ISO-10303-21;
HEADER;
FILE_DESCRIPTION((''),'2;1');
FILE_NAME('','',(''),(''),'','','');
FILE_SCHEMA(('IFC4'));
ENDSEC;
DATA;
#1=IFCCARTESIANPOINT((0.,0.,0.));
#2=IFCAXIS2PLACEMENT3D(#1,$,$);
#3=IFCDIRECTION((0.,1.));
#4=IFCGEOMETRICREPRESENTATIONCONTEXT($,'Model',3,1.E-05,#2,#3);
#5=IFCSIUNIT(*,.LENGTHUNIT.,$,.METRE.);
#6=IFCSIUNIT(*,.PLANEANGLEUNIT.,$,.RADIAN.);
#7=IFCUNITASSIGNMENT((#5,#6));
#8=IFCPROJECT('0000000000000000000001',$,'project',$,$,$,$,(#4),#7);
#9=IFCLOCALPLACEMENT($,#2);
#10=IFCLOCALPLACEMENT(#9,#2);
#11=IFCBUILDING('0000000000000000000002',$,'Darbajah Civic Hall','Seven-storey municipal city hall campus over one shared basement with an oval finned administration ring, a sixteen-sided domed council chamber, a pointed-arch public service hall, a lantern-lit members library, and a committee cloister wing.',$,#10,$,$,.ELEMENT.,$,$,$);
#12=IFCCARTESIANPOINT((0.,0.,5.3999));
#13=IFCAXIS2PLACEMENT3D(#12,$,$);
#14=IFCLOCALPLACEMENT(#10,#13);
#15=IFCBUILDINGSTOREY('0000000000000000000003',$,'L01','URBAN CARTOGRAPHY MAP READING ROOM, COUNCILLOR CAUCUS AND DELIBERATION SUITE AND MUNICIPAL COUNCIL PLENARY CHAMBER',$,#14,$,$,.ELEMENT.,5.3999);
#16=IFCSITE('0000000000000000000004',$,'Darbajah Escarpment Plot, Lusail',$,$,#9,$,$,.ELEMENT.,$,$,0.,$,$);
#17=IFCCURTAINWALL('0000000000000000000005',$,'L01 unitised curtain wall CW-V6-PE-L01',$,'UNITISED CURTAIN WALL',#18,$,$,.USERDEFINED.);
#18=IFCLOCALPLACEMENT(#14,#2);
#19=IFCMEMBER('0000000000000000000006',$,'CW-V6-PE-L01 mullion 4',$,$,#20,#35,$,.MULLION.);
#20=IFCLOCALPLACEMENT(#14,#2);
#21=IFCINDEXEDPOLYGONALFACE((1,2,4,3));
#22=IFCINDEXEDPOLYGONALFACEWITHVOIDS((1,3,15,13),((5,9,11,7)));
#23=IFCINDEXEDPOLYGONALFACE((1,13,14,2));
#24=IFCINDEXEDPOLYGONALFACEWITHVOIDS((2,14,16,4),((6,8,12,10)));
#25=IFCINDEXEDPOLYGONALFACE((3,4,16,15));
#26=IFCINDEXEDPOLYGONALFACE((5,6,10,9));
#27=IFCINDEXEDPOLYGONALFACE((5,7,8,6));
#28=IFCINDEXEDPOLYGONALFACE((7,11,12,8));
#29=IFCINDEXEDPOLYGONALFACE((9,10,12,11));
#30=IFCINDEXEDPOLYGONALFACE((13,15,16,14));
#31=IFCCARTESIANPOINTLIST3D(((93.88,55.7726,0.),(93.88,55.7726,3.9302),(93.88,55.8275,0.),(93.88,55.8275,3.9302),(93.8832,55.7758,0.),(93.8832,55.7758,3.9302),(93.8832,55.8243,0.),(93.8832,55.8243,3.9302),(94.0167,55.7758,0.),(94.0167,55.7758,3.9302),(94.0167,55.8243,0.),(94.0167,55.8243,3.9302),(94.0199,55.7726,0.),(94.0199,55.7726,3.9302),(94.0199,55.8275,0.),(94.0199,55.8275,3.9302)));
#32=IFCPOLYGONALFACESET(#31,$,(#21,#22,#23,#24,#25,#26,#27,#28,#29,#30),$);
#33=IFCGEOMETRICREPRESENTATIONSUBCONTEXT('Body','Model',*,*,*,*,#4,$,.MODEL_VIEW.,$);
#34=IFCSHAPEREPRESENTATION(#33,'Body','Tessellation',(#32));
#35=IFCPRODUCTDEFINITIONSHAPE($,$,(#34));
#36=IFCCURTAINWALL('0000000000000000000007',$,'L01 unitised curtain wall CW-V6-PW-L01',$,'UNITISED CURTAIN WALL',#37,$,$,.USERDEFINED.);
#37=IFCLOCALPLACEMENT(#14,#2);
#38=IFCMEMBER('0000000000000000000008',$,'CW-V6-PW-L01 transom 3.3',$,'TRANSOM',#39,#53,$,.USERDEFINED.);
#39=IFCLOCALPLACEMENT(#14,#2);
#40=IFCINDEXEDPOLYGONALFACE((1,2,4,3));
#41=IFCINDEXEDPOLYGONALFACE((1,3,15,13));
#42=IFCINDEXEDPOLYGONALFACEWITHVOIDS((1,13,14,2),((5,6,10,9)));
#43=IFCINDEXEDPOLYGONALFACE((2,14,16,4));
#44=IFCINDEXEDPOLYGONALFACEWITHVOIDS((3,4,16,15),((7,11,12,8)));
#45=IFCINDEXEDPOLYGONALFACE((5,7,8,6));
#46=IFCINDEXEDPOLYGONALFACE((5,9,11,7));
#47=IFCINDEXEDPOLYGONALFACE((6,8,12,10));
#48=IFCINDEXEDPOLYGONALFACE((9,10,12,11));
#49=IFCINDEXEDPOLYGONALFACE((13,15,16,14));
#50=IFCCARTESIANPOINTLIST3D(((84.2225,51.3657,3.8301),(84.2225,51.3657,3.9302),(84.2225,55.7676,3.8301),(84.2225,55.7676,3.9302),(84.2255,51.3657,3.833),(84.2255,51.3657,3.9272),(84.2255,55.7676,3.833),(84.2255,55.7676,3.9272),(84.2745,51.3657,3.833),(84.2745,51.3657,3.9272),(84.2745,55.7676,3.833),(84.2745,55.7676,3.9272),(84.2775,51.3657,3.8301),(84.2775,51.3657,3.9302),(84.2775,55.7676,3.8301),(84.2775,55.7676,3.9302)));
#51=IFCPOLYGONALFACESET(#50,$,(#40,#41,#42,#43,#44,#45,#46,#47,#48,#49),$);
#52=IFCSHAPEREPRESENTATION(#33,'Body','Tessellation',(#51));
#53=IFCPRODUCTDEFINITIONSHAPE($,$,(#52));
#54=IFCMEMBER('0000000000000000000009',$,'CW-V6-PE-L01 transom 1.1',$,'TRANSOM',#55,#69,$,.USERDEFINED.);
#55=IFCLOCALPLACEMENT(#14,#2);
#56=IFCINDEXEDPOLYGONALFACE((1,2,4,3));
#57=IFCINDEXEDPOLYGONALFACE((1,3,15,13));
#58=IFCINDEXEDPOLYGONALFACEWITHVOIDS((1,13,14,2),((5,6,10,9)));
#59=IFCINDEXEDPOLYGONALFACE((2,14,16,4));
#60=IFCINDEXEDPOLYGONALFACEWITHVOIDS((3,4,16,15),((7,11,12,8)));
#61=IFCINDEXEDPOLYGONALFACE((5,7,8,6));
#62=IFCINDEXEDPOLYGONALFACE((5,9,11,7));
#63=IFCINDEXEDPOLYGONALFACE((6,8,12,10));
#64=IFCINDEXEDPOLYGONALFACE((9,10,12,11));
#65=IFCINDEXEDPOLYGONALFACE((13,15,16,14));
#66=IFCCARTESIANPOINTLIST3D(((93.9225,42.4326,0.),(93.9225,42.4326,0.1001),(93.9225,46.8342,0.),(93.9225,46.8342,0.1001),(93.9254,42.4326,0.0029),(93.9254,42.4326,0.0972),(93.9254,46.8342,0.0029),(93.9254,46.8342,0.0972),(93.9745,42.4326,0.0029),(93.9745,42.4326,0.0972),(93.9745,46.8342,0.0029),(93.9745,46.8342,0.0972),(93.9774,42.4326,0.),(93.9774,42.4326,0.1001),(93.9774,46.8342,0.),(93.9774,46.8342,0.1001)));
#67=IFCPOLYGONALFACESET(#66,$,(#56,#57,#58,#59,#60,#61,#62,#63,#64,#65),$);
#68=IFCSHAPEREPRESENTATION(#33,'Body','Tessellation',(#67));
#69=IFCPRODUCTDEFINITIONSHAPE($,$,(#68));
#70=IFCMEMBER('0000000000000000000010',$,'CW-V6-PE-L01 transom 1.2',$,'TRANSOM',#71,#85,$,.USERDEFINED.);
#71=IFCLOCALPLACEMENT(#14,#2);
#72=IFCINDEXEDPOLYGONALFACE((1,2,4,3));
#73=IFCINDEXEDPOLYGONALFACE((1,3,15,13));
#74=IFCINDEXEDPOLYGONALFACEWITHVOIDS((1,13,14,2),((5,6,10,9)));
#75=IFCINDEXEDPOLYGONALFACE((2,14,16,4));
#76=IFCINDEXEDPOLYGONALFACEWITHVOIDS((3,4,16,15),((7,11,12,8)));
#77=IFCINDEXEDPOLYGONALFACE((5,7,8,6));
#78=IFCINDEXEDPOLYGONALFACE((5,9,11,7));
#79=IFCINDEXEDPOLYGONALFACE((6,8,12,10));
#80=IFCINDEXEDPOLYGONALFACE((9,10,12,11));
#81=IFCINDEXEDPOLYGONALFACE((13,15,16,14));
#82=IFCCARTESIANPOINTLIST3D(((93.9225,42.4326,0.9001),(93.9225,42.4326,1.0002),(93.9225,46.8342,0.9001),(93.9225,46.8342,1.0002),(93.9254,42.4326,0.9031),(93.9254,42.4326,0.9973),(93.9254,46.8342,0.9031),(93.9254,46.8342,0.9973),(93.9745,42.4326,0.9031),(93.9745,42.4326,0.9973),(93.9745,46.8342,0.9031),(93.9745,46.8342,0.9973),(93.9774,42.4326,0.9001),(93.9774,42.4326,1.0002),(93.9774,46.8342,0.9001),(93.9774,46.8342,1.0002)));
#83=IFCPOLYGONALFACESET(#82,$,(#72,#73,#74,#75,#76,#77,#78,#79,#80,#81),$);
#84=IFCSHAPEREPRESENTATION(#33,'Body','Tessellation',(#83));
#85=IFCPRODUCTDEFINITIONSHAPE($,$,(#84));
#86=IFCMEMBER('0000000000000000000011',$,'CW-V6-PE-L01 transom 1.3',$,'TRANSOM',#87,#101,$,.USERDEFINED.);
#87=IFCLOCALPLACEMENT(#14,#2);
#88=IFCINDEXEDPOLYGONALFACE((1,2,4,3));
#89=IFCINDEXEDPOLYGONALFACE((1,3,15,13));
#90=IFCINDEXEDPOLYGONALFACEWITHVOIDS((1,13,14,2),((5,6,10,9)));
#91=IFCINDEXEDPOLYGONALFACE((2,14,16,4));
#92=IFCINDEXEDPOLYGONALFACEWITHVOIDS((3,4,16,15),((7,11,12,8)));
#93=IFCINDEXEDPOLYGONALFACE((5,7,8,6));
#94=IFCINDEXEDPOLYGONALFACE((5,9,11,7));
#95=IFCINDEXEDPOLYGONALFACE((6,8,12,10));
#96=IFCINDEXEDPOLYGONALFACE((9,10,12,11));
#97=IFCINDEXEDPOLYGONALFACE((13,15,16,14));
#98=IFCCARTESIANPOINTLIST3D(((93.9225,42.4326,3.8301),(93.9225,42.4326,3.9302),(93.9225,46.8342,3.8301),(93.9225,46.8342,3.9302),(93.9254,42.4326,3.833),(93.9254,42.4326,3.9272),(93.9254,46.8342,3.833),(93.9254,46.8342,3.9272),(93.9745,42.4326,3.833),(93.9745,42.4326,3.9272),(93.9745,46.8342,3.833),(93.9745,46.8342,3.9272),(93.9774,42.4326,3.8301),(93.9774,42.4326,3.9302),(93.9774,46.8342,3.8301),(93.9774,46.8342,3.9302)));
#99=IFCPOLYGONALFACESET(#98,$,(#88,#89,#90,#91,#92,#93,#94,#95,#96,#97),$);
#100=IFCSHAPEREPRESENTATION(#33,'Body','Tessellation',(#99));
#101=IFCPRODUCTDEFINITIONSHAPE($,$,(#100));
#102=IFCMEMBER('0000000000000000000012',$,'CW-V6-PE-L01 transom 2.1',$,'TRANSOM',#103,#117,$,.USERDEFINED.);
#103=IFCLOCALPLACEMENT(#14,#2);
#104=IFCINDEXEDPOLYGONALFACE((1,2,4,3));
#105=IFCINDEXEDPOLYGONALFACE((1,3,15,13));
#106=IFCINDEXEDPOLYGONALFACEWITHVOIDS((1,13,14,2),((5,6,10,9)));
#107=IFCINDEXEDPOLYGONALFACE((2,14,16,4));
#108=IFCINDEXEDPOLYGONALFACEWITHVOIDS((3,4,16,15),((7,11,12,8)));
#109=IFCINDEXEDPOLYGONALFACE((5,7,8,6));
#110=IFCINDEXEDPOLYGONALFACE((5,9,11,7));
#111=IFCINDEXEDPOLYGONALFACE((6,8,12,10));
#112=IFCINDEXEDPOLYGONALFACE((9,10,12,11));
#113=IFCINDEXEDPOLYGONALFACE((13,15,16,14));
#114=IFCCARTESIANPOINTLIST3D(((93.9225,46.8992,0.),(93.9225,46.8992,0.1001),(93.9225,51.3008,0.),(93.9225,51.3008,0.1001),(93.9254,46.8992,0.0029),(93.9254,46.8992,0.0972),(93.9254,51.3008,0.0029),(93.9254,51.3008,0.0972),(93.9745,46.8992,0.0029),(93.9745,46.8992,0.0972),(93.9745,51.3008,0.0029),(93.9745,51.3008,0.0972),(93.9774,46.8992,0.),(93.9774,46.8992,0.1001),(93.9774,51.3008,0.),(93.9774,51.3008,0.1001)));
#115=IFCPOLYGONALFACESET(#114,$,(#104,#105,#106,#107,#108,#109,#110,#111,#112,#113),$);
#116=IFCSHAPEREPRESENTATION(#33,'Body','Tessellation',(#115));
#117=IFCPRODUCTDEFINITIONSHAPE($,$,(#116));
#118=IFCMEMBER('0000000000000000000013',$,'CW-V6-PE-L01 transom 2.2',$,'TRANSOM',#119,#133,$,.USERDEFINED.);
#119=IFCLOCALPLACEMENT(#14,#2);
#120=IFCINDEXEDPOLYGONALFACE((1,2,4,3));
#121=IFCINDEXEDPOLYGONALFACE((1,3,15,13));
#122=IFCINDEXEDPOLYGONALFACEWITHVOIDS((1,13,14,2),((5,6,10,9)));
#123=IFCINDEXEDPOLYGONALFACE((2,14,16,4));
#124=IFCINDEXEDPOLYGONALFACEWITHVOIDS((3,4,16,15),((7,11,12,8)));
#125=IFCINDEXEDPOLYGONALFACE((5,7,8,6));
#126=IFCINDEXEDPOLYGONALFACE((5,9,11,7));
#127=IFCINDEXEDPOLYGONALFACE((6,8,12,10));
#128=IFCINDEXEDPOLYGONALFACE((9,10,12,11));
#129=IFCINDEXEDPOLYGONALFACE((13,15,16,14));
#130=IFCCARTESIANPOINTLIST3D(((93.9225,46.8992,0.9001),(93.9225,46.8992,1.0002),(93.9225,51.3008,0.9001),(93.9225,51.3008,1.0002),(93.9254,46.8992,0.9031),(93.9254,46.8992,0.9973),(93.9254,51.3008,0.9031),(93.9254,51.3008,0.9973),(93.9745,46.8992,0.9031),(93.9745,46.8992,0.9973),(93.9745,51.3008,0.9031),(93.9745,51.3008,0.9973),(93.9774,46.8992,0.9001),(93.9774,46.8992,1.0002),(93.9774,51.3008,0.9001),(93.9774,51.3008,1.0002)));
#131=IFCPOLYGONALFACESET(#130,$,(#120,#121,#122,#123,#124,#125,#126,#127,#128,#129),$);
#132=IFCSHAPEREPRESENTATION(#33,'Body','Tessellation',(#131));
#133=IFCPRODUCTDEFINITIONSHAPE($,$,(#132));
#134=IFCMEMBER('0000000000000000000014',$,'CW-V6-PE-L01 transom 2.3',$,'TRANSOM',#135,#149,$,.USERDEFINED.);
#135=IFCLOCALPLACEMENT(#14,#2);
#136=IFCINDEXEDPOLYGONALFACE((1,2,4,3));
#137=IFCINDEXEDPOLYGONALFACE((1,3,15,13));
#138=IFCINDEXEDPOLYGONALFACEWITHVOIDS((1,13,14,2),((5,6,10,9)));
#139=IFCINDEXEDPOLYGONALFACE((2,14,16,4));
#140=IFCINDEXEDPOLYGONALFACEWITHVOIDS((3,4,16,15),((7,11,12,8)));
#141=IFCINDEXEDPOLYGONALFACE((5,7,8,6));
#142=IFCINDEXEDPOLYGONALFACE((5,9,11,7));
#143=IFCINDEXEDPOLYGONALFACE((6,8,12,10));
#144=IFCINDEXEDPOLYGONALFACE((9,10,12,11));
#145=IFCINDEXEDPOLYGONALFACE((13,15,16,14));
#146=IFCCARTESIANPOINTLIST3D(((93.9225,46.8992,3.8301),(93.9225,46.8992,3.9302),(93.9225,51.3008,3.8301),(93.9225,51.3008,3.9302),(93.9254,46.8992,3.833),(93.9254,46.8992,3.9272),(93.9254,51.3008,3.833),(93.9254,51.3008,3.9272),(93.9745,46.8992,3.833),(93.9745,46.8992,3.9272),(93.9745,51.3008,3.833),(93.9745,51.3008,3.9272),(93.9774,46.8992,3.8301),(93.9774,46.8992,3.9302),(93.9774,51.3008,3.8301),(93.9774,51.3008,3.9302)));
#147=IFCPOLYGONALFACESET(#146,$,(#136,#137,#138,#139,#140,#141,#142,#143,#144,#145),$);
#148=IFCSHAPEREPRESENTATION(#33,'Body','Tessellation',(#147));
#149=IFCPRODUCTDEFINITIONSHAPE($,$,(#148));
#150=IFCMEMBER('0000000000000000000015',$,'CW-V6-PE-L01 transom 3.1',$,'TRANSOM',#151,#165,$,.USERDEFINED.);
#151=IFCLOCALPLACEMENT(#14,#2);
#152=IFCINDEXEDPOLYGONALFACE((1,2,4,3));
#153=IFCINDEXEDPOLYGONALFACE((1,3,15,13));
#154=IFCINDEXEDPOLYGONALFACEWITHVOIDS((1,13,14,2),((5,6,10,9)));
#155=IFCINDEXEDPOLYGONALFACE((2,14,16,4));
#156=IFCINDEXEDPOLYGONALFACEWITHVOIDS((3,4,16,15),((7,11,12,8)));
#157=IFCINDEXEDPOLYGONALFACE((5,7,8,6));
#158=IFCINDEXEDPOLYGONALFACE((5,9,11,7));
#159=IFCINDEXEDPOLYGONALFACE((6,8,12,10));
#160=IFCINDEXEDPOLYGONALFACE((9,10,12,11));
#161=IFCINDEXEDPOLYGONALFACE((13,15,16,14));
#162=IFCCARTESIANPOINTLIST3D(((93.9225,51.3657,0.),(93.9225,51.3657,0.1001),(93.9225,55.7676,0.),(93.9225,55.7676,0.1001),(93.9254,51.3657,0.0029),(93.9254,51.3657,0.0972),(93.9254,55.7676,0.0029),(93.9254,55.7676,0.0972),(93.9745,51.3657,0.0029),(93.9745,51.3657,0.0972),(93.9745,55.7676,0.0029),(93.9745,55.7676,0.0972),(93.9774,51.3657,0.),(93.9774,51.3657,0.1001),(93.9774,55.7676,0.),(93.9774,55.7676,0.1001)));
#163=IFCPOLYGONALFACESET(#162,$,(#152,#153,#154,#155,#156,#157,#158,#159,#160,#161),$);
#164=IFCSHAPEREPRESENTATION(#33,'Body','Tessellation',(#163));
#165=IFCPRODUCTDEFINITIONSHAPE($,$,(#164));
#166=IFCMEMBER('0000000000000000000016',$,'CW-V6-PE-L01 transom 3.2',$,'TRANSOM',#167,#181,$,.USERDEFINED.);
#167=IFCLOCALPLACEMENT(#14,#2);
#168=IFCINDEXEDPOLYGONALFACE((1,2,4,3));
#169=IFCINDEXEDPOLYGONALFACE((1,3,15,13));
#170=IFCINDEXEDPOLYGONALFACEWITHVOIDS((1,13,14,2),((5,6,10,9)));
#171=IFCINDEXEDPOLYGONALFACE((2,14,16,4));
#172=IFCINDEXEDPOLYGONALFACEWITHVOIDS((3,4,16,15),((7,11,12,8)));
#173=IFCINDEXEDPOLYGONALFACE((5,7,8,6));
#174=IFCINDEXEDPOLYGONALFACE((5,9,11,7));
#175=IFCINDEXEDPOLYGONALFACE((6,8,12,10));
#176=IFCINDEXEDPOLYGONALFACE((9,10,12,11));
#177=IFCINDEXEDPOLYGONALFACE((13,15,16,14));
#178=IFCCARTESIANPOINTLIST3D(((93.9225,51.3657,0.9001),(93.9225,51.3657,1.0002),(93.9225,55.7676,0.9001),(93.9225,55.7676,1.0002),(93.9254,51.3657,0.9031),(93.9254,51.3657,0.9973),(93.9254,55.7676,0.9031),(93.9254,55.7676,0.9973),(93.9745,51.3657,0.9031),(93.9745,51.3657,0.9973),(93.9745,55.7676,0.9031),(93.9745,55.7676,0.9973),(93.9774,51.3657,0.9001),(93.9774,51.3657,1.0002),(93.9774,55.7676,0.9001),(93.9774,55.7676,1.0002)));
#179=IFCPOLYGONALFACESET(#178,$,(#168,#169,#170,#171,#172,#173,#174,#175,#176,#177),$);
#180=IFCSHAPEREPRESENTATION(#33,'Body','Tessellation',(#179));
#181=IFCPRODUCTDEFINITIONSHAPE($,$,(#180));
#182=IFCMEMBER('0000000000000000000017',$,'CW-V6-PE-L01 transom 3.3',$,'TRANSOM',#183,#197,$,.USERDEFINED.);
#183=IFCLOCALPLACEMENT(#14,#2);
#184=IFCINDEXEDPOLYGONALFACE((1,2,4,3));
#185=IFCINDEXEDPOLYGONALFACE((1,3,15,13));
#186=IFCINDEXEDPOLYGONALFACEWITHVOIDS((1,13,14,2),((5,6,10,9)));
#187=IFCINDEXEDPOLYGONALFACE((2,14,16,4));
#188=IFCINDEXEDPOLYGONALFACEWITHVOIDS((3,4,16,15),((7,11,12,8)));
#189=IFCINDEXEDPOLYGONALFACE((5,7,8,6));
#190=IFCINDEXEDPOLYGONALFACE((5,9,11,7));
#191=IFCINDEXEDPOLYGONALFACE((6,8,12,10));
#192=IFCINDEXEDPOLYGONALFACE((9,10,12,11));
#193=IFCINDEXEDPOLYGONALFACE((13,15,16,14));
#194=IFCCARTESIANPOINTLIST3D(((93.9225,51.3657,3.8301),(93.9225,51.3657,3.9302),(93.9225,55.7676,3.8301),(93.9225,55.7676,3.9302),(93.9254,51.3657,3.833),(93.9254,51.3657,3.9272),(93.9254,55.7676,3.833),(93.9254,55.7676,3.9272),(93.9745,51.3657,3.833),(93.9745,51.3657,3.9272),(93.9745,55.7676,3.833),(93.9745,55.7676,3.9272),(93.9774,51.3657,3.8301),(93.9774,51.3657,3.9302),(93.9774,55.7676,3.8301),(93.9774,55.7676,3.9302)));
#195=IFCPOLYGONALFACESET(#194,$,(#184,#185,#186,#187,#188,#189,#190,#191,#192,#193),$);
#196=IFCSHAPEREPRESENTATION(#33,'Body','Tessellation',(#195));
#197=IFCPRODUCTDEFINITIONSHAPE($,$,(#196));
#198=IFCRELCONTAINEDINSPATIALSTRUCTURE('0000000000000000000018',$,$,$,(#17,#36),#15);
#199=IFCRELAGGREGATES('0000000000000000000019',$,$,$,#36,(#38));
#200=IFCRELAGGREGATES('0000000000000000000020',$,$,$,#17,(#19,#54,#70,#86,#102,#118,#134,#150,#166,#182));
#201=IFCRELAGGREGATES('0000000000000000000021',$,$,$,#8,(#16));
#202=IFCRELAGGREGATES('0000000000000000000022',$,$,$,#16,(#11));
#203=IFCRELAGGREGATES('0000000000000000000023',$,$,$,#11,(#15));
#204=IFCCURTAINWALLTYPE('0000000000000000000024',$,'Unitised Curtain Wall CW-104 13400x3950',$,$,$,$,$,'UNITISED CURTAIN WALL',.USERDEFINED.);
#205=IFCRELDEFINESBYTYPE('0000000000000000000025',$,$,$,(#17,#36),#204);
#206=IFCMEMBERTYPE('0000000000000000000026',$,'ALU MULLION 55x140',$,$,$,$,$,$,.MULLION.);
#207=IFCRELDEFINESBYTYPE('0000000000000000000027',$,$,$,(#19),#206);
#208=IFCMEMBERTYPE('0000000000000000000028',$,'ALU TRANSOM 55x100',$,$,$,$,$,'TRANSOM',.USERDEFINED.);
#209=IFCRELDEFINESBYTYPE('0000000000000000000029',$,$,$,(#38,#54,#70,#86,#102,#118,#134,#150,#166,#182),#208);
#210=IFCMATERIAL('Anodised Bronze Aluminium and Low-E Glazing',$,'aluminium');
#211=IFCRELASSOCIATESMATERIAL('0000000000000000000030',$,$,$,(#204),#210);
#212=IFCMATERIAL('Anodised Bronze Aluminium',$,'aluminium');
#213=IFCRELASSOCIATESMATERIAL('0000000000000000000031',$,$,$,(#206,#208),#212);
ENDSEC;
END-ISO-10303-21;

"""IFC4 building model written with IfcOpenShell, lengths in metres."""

from ifc_helpers import new_model, si_unit, direction, frame, origin, origin_2d, place, context, subcontext, project, spatial, hollow_rectangle, extrude, material, material_profile, profile_set, type_object, element, aggregate, save


model = new_model("IFC4")

# Units and contexts
model_context = context("Model", 3, precision=1e-05, world=origin(), true_north=direction((0.0, 1.0)))
body_context = subcontext(model_context, "Body", "Model", "MODEL_VIEW")
ifc_project = project(units=[si_unit("LENGTHUNIT", "METRE"), si_unit("PLANEANGLEUNIT", "RADIAN")], contexts=[model_context])

# Site, building, storey
site_placement = place(None, origin())
site = spatial("IfcSite", under=ifc_project, at=site_placement, Name="Darbajah Escarpment Plot, Lusail", CompositionType="ELEMENT", RefElevation=0.0)
building_placement = place(site_placement, origin())
building = spatial("IfcBuilding", under=site, at=building_placement, Name="Darbajah Civic Hall", Description="Seven-storey municipal city hall campus over one shared basement with an oval finned administration ring, a sixteen-sided domed council chamber, a pointed-arch public service hall, a lantern-lit members library, and a committee cloister wing.", CompositionType="ELEMENT")
storey_placement = place(building_placement, frame((0.0, 0.0, 5.3999)))
storey = spatial("IfcBuildingStorey", under=building, at=storey_placement, Name="L01", Description="URBAN CARTOGRAPHY MAP READING ROOM, COUNCILLOR CAUCUS AND DELIBERATION SUITE AND MUNICIPAL COUNCIL PLENARY CHAMBER", CompositionType="ELEMENT", Elevation=5.3999)

# Curtain wall, member
ifc_material_1 = material(Name="Anodised Bronze Aluminium and Low-E Glazing", Category="aluminium")
curtain_wall_type = type_object("IfcCurtainWallType", Name="Unitised Curtain Wall CW-104 13400x3950", ElementType="UNITISED CURTAIN WALL", PredefinedType="USERDEFINED", material=ifc_material_1)
curtain_wall_1_placement = place(storey_placement, origin())
curtain_wall_1 = element("IfcCurtainWall", 1, at=curtain_wall_1_placement, inside=storey, type_object=curtain_wall_type, Name="L01 unitised curtain wall CW-V6-PE-L01", ObjectType="UNITISED CURTAIN WALL", PredefinedType="USERDEFINED")
ifc_material_2 = material(Name="Anodised Bronze Aluminium", Category="aluminium")
ifc_material_profile_1 = material_profile(ifc_material_2, hollow_rectangle(XDim=0.0549, YDim=0.1399, WallThickness=0.0032, at=origin_2d()), Name="ALU MULLION 55x140")
ifc_profile_set_1 = profile_set([ifc_material_profile_1], Name="Anodised Bronze Aluminium")
member_type_1 = type_object("IfcMemberType", Name="ALU MULLION 55x140", PredefinedType="MULLION", material=ifc_profile_set_1)
member_1_placement = place(storey_placement, frame((93.95, 55.8, 0.0), z_axis=(0.0, 0.0, 1.0), x_axis=(0.0, 1.0, 0.0)))
member_1 = element("IfcMember", 2, at=member_1_placement, type_object=member_type_1, Name="CW-V6-PE-L01 mullion 4", PredefinedType="MULLION", context=body_context, shape_type="SweptSolid", body=[
    extrude(hollow_rectangle(XDim=0.0549, YDim=0.1399, WallThickness=0.0032, at=origin_2d()), origin(), (0.0, 0.0, 1.0), 3.9302),
])

# Curtain wall, member
curtain_wall_2_placement = place(storey_placement, origin())
curtain_wall_2 = element("IfcCurtainWall", 3, at=curtain_wall_2_placement, inside=storey, type_object=curtain_wall_type, Name="L01 unitised curtain wall CW-V6-PW-L01", ObjectType="UNITISED CURTAIN WALL", PredefinedType="USERDEFINED")
ifc_material_profile_2 = material_profile(ifc_material_2, hollow_rectangle(XDim=0.0549, YDim=0.1001, WallThickness=0.0029, at=origin_2d()), Name="ALU TRANSOM 55x100")
ifc_profile_set_2 = profile_set([ifc_material_profile_2], Name="Anodised Bronze Aluminium")
member_type_2 = type_object("IfcMemberType", Name="ALU TRANSOM 55x100", ElementType="TRANSOM", PredefinedType="USERDEFINED", material=ifc_profile_set_2)
member_2_placement = place(storey_placement, frame((84.25, 51.3657, 3.8801), z_axis=(0.0, 1.0, 0.0), x_axis=(-1.0, 0.0, 0.0)))
member_2 = element("IfcMember", 4, at=member_2_placement, type_object=member_type_2, Name="CW-V6-PW-L01 transom 3.3", ObjectType="TRANSOM", PredefinedType="USERDEFINED", context=body_context, shape_type="SweptSolid", body=[
    extrude(hollow_rectangle(XDim=0.0549, YDim=0.1001, WallThickness=0.0029, at=origin_2d()), origin(), (0.0, 0.0, 1.0), 4.4019),
])

# Members
member_3_placement = place(storey_placement, frame((93.95, 42.4326, 0.05), z_axis=(0.0, 1.0, 0.0), x_axis=(-1.0, 0.0, 0.0)))
member_3 = element("IfcMember", 5, at=member_3_placement, type_object=member_type_2, Name="CW-V6-PE-L01 transom 1.1", ObjectType="TRANSOM", PredefinedType="USERDEFINED", context=body_context, shape_type="SweptSolid", body=[
    extrude(hollow_rectangle(XDim=0.0549, YDim=0.1001, WallThickness=0.0029, at=origin_2d()), origin(), (0.0, 0.0, 1.0), 4.4016),
])
member_4_placement = place(storey_placement, frame((93.95, 42.4326, 0.9502), z_axis=(0.0, 1.0, 0.0), x_axis=(-1.0, 0.0, 0.0)))
member_4 = element("IfcMember", 6, at=member_4_placement, type_object=member_type_2, Name="CW-V6-PE-L01 transom 1.2", ObjectType="TRANSOM", PredefinedType="USERDEFINED", context=body_context, shape_type="SweptSolid", body=[
    extrude(hollow_rectangle(XDim=0.0549, YDim=0.1001, WallThickness=0.0029, at=origin_2d()), origin(), (0.0, 0.0, 1.0), 4.4016),
])
member_5_placement = place(storey_placement, frame((93.95, 42.4326, 3.8801), z_axis=(0.0, 1.0, 0.0), x_axis=(-1.0, 0.0, 0.0)))
member_5 = element("IfcMember", 7, at=member_5_placement, type_object=member_type_2, Name="CW-V6-PE-L01 transom 1.3", ObjectType="TRANSOM", PredefinedType="USERDEFINED", context=body_context, shape_type="SweptSolid", body=[
    extrude(hollow_rectangle(XDim=0.0549, YDim=0.1001, WallThickness=0.0029, at=origin_2d()), origin(), (0.0, 0.0, 1.0), 4.4016),
])
member_6_placement = place(storey_placement, frame((93.95, 46.8992, 0.05), z_axis=(0.0, 1.0, 0.0), x_axis=(-1.0, 0.0, 0.0)))
member_6 = element("IfcMember", 8, at=member_6_placement, type_object=member_type_2, Name="CW-V6-PE-L01 transom 2.1", ObjectType="TRANSOM", PredefinedType="USERDEFINED", context=body_context, shape_type="SweptSolid", body=[
    extrude(hollow_rectangle(XDim=0.0549, YDim=0.1001, WallThickness=0.0029, at=origin_2d()), origin(), (0.0, 0.0, 1.0), 4.4016),
])
member_7_placement = place(storey_placement, frame((93.95, 46.8992, 0.9502), z_axis=(0.0, 1.0, 0.0), x_axis=(-1.0, 0.0, 0.0)))
member_7 = element("IfcMember", 9, at=member_7_placement, type_object=member_type_2, Name="CW-V6-PE-L01 transom 2.2", ObjectType="TRANSOM", PredefinedType="USERDEFINED", context=body_context, shape_type="SweptSolid", body=[
    extrude(hollow_rectangle(XDim=0.0549, YDim=0.1001, WallThickness=0.0029, at=origin_2d()), origin(), (0.0, 0.0, 1.0), 4.4016),
])
member_8_placement = place(storey_placement, frame((93.95, 46.8992, 3.8801), z_axis=(0.0, 1.0, 0.0), x_axis=(-1.0, 0.0, 0.0)))
member_8 = element("IfcMember", 10, at=member_8_placement, type_object=member_type_2, Name="CW-V6-PE-L01 transom 2.3", ObjectType="TRANSOM", PredefinedType="USERDEFINED", context=body_context, shape_type="SweptSolid", body=[
    extrude(hollow_rectangle(XDim=0.0549, YDim=0.1001, WallThickness=0.0029, at=origin_2d()), origin(), (0.0, 0.0, 1.0), 4.4016),
])
member_9_placement = place(storey_placement, frame((93.95, 51.3657, 0.05), z_axis=(0.0, 1.0, 0.0), x_axis=(-1.0, 0.0, 0.0)))
member_9 = element("IfcMember", 11, at=member_9_placement, type_object=member_type_2, Name="CW-V6-PE-L01 transom 3.1", ObjectType="TRANSOM", PredefinedType="USERDEFINED", context=body_context, shape_type="SweptSolid", body=[
    extrude(hollow_rectangle(XDim=0.0549, YDim=0.1001, WallThickness=0.0029, at=origin_2d()), origin(), (0.0, 0.0, 1.0), 4.4019),
])
member_10_placement = place(storey_placement, frame((93.95, 51.3657, 0.9502), z_axis=(0.0, 1.0, 0.0), x_axis=(-1.0, 0.0, 0.0)))
member_10 = element("IfcMember", 12, at=member_10_placement, type_object=member_type_2, Name="CW-V6-PE-L01 transom 3.2", ObjectType="TRANSOM", PredefinedType="USERDEFINED", context=body_context, shape_type="SweptSolid", body=[
    extrude(hollow_rectangle(XDim=0.0549, YDim=0.1001, WallThickness=0.0029, at=origin_2d()), origin(), (0.0, 0.0, 1.0), 4.4019),
])
member_11_placement = place(storey_placement, frame((93.95, 51.3657, 3.8801), z_axis=(0.0, 1.0, 0.0), x_axis=(-1.0, 0.0, 0.0)))
member_11 = element("IfcMember", 13, at=member_11_placement, type_object=member_type_2, Name="CW-V6-PE-L01 transom 3.3", ObjectType="TRANSOM", PredefinedType="USERDEFINED", context=body_context, shape_type="SweptSolid", body=[
    extrude(hollow_rectangle(XDim=0.0549, YDim=0.1001, WallThickness=0.0029, at=origin_2d()), origin(), (0.0, 0.0, 1.0), 4.4019),
])

aggregate(curtain_wall_2, [member_2])
aggregate(curtain_wall_1, [member_1, member_3, member_4, member_5, member_6, member_7, member_8, member_9, member_10, member_11])

save(model, "model.ifc")
